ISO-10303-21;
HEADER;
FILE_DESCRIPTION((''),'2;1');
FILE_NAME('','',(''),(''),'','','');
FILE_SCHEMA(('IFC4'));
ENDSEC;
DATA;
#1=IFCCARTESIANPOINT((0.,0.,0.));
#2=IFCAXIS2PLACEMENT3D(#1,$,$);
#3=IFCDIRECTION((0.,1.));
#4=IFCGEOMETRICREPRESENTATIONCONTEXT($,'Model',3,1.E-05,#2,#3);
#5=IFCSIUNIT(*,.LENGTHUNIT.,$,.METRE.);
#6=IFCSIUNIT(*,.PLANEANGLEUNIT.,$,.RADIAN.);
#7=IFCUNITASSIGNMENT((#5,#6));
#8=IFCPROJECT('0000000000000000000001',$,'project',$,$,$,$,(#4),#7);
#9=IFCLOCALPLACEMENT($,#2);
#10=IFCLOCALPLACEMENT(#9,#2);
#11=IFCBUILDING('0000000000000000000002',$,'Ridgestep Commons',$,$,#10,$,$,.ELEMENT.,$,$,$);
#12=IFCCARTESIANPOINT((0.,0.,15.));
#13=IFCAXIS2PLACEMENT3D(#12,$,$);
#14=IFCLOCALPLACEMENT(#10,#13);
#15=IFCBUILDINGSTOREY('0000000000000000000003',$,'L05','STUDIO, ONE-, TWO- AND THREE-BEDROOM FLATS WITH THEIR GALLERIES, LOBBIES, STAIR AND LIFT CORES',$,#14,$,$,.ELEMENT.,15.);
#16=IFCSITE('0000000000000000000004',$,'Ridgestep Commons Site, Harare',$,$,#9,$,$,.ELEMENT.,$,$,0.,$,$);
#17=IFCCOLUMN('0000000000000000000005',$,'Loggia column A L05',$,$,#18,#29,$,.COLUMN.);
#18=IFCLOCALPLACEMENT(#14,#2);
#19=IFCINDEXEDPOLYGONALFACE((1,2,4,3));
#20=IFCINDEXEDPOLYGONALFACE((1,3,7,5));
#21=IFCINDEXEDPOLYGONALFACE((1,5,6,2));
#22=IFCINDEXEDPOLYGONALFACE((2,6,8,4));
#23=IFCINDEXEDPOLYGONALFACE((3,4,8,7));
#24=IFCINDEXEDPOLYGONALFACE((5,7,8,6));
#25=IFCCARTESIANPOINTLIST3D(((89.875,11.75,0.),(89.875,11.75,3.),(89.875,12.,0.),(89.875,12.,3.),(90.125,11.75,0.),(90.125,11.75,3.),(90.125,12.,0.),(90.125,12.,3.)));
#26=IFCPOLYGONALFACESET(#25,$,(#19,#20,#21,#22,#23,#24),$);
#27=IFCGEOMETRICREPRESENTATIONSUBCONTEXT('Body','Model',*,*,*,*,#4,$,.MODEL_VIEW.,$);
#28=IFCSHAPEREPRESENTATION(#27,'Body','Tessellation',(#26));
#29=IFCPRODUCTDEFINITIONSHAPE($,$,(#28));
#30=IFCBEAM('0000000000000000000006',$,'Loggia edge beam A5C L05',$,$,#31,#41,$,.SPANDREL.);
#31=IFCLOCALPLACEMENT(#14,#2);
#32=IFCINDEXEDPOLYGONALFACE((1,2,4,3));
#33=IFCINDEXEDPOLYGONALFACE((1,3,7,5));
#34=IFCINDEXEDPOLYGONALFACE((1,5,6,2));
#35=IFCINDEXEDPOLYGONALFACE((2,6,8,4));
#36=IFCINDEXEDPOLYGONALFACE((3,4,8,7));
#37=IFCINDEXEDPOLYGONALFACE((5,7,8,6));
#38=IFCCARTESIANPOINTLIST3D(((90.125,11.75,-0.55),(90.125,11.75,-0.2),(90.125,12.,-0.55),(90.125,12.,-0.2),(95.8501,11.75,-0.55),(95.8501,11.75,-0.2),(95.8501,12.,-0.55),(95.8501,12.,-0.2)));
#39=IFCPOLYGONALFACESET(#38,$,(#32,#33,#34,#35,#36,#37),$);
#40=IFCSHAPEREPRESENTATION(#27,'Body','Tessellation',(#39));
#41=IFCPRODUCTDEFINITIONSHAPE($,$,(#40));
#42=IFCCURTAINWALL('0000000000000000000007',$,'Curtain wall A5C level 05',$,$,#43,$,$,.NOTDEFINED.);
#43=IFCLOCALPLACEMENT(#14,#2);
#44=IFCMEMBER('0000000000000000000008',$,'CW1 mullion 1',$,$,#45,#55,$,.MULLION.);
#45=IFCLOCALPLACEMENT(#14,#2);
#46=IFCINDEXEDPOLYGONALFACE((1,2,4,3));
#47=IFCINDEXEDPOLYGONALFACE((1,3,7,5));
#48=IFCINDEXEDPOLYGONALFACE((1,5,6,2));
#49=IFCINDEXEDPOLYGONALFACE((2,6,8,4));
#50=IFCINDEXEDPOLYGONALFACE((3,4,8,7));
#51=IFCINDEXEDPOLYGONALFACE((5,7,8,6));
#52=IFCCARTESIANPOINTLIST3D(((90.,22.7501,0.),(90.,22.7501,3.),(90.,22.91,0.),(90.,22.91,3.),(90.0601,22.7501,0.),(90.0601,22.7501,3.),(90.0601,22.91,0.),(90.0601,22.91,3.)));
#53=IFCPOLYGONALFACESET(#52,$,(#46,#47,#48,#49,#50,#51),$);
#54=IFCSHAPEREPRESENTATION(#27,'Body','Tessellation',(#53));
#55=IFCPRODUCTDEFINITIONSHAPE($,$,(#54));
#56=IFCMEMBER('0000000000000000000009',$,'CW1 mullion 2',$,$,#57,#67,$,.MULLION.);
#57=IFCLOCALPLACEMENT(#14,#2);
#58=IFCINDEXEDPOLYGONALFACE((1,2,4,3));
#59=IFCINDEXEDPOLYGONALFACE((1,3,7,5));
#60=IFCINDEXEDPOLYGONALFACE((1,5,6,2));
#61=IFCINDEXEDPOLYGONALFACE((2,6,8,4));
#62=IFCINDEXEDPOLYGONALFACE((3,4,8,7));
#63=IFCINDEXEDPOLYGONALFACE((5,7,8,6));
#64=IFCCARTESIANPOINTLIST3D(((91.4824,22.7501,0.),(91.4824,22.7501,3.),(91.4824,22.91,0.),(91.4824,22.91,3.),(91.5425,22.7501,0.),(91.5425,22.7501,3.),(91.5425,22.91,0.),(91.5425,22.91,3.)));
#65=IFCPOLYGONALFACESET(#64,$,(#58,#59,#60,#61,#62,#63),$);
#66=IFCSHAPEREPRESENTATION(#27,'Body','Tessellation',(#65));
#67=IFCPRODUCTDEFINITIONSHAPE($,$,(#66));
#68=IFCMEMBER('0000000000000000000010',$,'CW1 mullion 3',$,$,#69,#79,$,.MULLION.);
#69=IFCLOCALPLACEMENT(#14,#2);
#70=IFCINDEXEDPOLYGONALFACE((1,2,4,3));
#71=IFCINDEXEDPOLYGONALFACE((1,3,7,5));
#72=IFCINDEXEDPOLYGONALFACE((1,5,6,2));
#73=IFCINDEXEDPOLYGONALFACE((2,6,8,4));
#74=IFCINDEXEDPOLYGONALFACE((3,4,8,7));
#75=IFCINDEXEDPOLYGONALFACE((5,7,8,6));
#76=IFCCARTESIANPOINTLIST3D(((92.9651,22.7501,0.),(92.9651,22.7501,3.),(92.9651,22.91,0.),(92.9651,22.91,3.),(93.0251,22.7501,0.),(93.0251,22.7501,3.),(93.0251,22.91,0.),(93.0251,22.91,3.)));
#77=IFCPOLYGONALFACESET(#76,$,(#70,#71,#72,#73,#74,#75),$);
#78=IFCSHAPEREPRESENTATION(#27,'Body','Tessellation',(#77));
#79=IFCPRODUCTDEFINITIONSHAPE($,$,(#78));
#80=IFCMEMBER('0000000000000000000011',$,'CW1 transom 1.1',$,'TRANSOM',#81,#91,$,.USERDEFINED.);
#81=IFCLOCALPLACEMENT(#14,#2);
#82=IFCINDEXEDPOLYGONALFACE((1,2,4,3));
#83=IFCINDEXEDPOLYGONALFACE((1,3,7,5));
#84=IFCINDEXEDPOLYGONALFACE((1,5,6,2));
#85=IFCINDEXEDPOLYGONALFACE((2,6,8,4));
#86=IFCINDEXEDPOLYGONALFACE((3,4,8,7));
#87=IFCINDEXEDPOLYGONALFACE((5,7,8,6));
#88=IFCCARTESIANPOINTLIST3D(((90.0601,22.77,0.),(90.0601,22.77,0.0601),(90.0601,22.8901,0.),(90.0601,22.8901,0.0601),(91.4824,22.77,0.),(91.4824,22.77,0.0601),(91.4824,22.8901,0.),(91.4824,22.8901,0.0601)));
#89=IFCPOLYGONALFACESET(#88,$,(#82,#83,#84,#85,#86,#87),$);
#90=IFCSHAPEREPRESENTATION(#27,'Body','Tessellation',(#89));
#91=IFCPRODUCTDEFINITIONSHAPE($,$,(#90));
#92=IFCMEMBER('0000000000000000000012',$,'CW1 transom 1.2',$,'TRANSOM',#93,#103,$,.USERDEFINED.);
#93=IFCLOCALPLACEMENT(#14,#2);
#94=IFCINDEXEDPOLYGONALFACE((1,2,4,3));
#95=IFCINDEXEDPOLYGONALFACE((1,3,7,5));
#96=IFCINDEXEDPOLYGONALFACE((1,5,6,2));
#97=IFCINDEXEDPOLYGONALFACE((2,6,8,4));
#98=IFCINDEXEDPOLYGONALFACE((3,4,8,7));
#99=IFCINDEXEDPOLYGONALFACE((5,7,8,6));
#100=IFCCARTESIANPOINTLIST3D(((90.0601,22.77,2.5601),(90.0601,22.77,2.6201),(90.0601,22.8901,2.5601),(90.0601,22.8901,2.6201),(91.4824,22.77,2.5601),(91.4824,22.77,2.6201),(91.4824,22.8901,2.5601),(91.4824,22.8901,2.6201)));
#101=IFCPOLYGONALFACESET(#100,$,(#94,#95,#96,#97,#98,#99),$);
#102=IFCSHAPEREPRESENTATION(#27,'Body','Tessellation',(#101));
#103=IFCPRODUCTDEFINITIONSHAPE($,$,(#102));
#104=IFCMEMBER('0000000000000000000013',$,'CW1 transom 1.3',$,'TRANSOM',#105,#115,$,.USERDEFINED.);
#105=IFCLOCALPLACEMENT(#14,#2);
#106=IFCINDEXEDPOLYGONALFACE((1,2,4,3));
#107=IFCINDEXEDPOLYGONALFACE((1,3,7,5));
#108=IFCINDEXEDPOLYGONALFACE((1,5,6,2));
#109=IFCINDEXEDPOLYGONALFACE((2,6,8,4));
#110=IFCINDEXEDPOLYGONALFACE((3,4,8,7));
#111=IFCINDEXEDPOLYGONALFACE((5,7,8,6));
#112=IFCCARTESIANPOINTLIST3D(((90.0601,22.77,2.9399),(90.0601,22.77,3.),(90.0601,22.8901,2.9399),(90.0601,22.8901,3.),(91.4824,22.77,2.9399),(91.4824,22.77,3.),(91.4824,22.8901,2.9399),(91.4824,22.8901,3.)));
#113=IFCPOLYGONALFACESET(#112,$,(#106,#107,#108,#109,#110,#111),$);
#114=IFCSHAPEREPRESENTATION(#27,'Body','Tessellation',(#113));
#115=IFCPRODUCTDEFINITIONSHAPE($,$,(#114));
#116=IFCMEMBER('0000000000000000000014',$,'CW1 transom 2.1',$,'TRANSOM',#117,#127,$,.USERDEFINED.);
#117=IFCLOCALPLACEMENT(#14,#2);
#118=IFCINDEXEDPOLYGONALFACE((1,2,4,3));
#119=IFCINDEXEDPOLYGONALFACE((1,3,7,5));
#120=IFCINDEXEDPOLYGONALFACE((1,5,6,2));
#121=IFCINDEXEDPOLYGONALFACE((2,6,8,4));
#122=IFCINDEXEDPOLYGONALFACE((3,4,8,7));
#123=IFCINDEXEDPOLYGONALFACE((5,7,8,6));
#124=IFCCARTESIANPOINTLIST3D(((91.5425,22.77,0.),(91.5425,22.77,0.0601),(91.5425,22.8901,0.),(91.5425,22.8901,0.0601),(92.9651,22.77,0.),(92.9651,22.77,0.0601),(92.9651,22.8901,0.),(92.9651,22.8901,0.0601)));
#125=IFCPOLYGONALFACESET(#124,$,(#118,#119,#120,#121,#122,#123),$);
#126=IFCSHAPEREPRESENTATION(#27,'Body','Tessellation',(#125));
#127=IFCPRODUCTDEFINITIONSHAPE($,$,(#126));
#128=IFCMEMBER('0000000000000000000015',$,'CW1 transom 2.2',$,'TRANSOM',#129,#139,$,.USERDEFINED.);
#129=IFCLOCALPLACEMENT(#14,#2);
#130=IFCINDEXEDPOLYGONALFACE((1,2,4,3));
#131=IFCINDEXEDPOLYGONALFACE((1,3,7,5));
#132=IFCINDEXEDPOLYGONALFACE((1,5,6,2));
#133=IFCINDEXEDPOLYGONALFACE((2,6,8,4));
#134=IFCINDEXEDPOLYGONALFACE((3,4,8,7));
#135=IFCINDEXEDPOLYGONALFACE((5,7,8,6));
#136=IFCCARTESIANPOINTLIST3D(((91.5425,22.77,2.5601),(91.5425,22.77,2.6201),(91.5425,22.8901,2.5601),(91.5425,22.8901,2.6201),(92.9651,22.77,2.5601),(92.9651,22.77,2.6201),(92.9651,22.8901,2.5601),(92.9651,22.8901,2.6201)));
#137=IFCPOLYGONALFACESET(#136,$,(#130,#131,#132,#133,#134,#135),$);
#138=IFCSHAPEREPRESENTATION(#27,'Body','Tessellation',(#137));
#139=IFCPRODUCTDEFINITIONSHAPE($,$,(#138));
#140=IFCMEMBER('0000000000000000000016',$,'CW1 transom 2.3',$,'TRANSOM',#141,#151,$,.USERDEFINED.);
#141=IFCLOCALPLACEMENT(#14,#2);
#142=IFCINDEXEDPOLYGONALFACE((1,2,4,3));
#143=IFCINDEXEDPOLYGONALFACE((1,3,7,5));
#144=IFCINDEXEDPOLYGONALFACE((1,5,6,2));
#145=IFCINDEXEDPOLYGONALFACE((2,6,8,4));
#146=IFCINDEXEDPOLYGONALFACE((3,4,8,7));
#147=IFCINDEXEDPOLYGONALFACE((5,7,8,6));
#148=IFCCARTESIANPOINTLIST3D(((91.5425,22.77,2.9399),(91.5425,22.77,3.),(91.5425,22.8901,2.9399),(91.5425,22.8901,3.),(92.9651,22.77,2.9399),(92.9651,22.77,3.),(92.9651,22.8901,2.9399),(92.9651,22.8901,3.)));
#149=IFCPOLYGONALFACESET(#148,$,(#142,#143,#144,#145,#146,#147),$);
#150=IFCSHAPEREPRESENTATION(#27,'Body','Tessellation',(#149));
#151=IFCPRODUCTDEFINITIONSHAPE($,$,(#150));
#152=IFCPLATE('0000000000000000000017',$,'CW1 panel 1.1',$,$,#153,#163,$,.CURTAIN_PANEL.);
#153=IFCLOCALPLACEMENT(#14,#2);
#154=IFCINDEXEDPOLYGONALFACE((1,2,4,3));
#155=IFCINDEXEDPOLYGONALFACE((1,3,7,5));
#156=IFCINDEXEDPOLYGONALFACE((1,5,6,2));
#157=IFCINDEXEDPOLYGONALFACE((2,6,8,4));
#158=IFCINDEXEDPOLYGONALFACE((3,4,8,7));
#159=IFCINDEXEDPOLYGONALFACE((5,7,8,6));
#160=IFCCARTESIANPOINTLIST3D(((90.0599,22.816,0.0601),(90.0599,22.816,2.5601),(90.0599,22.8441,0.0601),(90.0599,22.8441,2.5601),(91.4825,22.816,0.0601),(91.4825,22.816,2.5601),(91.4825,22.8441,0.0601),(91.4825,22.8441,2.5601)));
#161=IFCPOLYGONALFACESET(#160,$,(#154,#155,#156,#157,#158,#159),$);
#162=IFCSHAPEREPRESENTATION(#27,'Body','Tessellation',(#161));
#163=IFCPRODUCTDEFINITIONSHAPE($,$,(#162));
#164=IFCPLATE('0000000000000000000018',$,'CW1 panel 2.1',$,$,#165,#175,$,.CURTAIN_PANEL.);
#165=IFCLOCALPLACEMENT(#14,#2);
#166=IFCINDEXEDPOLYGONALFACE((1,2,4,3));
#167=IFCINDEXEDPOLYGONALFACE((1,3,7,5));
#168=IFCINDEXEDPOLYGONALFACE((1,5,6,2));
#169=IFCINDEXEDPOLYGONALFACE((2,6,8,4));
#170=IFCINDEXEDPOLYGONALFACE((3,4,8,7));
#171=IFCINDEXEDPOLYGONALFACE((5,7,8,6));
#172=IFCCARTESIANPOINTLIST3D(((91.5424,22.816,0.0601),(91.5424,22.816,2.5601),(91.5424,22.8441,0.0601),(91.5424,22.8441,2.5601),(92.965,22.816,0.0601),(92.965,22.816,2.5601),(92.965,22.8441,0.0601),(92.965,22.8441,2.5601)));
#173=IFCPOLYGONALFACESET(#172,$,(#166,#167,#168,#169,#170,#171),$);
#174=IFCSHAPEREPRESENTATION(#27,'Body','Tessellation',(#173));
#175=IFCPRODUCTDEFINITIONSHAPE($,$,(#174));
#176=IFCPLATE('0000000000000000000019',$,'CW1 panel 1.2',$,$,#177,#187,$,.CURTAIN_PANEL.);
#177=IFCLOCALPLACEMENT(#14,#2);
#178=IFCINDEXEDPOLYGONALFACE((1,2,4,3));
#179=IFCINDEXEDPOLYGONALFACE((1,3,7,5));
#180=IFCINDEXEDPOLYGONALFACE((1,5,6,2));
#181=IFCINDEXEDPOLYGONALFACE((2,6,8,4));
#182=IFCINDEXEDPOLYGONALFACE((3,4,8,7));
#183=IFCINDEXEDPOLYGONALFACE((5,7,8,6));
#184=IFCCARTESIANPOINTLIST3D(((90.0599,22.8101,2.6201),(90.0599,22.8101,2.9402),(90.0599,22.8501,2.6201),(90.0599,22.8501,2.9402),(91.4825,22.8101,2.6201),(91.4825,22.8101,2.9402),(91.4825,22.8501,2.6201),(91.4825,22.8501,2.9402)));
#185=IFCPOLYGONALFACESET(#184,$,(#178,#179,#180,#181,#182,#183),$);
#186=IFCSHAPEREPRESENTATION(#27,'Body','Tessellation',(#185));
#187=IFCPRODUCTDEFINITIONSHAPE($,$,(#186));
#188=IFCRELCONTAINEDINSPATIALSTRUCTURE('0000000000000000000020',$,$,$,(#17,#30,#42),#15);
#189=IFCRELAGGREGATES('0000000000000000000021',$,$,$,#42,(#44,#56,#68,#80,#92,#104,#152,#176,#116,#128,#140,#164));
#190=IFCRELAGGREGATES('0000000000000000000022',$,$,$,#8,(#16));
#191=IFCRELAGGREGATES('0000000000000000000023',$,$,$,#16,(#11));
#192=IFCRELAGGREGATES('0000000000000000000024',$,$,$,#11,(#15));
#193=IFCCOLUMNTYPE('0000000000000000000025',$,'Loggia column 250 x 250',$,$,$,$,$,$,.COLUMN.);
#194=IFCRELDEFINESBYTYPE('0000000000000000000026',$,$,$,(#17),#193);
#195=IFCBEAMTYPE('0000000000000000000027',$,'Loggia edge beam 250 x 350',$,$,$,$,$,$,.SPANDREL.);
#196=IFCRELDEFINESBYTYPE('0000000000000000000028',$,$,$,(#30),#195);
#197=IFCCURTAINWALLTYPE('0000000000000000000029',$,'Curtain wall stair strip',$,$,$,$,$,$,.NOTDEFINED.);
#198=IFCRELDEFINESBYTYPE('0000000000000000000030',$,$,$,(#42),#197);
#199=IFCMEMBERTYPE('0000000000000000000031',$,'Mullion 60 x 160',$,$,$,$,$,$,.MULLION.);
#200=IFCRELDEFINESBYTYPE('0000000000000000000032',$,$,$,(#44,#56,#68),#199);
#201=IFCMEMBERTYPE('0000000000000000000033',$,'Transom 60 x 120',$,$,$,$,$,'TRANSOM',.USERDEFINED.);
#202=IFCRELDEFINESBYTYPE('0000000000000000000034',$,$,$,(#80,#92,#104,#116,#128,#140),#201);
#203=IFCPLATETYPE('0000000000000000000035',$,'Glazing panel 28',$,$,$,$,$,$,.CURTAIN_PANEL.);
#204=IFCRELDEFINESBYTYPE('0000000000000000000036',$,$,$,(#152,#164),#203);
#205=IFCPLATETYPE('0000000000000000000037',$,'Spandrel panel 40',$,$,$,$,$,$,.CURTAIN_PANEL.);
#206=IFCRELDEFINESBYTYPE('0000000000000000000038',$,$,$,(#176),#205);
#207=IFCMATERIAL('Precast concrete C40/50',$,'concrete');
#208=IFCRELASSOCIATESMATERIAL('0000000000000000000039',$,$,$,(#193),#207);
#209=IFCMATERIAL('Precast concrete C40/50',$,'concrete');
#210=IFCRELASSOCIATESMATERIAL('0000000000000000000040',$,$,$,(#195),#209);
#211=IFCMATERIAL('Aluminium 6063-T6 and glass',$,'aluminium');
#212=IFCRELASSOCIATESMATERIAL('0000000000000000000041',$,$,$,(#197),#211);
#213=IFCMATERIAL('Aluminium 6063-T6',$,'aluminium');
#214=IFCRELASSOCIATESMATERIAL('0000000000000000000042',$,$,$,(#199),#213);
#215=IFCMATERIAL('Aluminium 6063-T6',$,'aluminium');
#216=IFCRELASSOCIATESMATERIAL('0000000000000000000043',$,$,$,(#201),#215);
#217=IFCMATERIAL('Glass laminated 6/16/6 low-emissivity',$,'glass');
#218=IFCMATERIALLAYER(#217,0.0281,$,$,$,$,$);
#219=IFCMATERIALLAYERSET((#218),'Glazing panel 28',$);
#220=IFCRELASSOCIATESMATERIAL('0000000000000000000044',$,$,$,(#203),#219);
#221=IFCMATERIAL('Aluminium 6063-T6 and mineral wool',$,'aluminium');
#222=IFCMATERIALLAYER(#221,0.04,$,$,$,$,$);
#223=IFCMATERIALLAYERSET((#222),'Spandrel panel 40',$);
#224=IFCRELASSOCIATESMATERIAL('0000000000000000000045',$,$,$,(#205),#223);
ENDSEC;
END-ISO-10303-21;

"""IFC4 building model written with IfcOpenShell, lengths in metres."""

from ifc_helpers import new_model, si_unit, direction, frame, origin, origin_2d, place, context, subcontext, project, spatial, rectangle, extrude, material, layer, layer_set, material_profile, profile_set, type_object, element, aggregate, save


model = new_model("IFC4")

# Units and contexts
model_context = context("Model", 3, precision=1e-05, world=origin(), true_north=direction((0.0, 1.0)))
body_context = subcontext(model_context, "Body", "Model", "MODEL_VIEW")
ifc_project = project(units=[si_unit("LENGTHUNIT", "METRE"), si_unit("PLANEANGLEUNIT", "RADIAN")], contexts=[model_context])

# Site, building, storey
site_placement = place(None, origin())
site = spatial("IfcSite", under=ifc_project, at=site_placement, Name="Ridgestep Commons Site, Harare", CompositionType="ELEMENT", RefElevation=0.0)
building_placement = place(site_placement, origin())
building = spatial("IfcBuilding", under=site, at=building_placement, Name="Ridgestep Commons", CompositionType="ELEMENT")
storey_placement = place(building_placement, frame((0.0, 0.0, 15.0)))
storey = spatial("IfcBuildingStorey", under=building, at=storey_placement, Name="L05", Description="STUDIO, ONE-, TWO- AND THREE-BEDROOM FLATS WITH THEIR GALLERIES, LOBBIES, STAIR AND LIFT CORES", CompositionType="ELEMENT", Elevation=15.0)

# Column
ifc_material_1 = material(Name="Precast concrete C40/50", Category="concrete")
ifc_material_profile_1 = material_profile(ifc_material_1, rectangle(XDim=0.25, YDim=0.25, at=origin_2d()), Name="PC 250x250")
ifc_profile_set_1 = profile_set([ifc_material_profile_1], Name="Precast concrete C40/50")
column_type = type_object("IfcColumnType", Name="Loggia column 250 x 250", PredefinedType="COLUMN", material=ifc_profile_set_1)
column_placement = place(storey_placement, frame((90.0, 11.875, 0.0), z_axis=(0.0, 0.0, 1.0), x_axis=(1.0, 0.0, 0.0)))
element("IfcColumn", 1, at=column_placement, inside=storey, type_object=column_type, Name="Loggia column A L05", PredefinedType="COLUMN", context=body_context, shape_type="SweptSolid", body=[
    extrude(rectangle(XDim=0.25, YDim=0.25, at=origin_2d()), origin(), (0.0, 0.0, 1.0), 3.0),
])

# Beam
ifc_material_2 = material(Name="Precast concrete C40/50", Category="concrete")
ifc_material_profile_2 = material_profile(ifc_material_2, rectangle(XDim=0.25, YDim=0.3501, at=origin_2d()), Name="PC 250x350")
ifc_profile_set_2 = profile_set([ifc_material_profile_2], Name="Precast concrete C40/50")
beam_type = type_object("IfcBeamType", Name="Loggia edge beam 250 x 350", PredefinedType="SPANDREL", material=ifc_profile_set_2)
beam_placement = place(storey_placement, frame((90.125, 11.875, -0.375), z_axis=(1.0, 0.0, 0.0), x_axis=(0.0, 1.0, 0.0)))
element("IfcBeam", 2, at=beam_placement, inside=storey, type_object=beam_type, Name="Loggia edge beam A5C L05", PredefinedType="SPANDREL", context=body_context, shape_type="SweptSolid", body=[
    extrude(rectangle(XDim=0.25, YDim=0.3501, at=origin_2d()), origin(), (0.0, 0.0, 1.0), 5.7251),
])

# Curtain wall, members, plates
ifc_material_3 = material(Name="Aluminium 6063-T6 and glass", Category="aluminium")
curtain_wall_type = type_object("IfcCurtainWallType", Name="Curtain wall stair strip", PredefinedType="NOTDEFINED", material=ifc_material_3)
curtain_wall_placement = place(storey_placement, origin())
curtain_wall = element("IfcCurtainWall", 3, at=curtain_wall_placement, inside=storey, type_object=curtain_wall_type, Name="Curtain wall A5C level 05", PredefinedType="NOTDEFINED")
ifc_material_4 = material(Name="Aluminium 6063-T6", Category="aluminium")
ifc_material_profile_3 = material_profile(ifc_material_4, rectangle(XDim=0.1599, YDim=0.0601, at=origin_2d()), Name="Mullion 60 x 160")
ifc_profile_set_3 = profile_set([ifc_material_profile_3], Name="Aluminium 6063-T6")
member_type_1 = type_object("IfcMemberType", Name="Mullion 60 x 160", PredefinedType="MULLION", material=ifc_profile_set_3)
member_1_placement = place(storey_placement, frame((90.03, 22.8301, 0.0), z_axis=(0.0, 0.0, 1.0), x_axis=(0.0, 1.0, 0.0)))
member_1 = element("IfcMember", 4, at=member_1_placement, type_object=member_type_1, Name="CW1 mullion 1", PredefinedType="MULLION", context=body_context, shape_type="SweptSolid", body=[
    extrude(rectangle(XDim=0.1599, YDim=0.0601, at=origin_2d()), origin(), (0.0, 0.0, 1.0), 3.0),
])
member_2_placement = place(storey_placement, frame((91.5125, 22.8301, 0.0), z_axis=(0.0, 0.0, 1.0), x_axis=(0.0, 1.0, 0.0)))
member_2 = element("IfcMember", 5, at=member_2_placement, type_object=member_type_1, Name="CW1 mullion 2", PredefinedType="MULLION", context=body_context, shape_type="SweptSolid", body=[
    extrude(rectangle(XDim=0.1599, YDim=0.0601, at=origin_2d()), origin(), (0.0, 0.0, 1.0), 3.0),
])
member_3_placement = place(storey_placement, frame((92.9951, 22.8301, 0.0), z_axis=(0.0, 0.0, 1.0), x_axis=(0.0, 1.0, 0.0)))
member_3 = element("IfcMember", 6, at=member_3_placement, type_object=member_type_1, Name="CW1 mullion 3", PredefinedType="MULLION", context=body_context, shape_type="SweptSolid", body=[
    extrude(rectangle(XDim=0.1599, YDim=0.0601, at=origin_2d()), origin(), (0.0, 0.0, 1.0), 3.0),
])
ifc_material_5 = material(Name="Aluminium 6063-T6", Category="aluminium")
ifc_material_profile_4 = material_profile(ifc_material_5, rectangle(XDim=0.1201, YDim=0.0601, at=origin_2d()), Name="Transom 60 x 120")
ifc_profile_set_4 = profile_set([ifc_material_profile_4], Name="Aluminium 6063-T6")
member_type_2 = type_object("IfcMemberType", Name="Transom 60 x 120", ElementType="TRANSOM", PredefinedType="USERDEFINED", material=ifc_profile_set_4)
member_4_placement = place(storey_placement, frame((90.0601, 22.8301, 0.03), z_axis=(1.0, 0.0, 0.0), x_axis=(0.0, 1.0, 0.0)))
member_4 = element("IfcMember", 7, at=member_4_placement, type_object=member_type_2, Name="CW1 transom 1.1", ObjectType="TRANSOM", PredefinedType="USERDEFINED", context=body_context, shape_type="SweptSolid", body=[
    extrude(rectangle(XDim=0.1201, YDim=0.0601, at=origin_2d()), origin(), (0.0, 0.0, 1.0), 1.4224),
])
member_5_placement = place(storey_placement, frame((90.0601, 22.8301, 2.5901), z_axis=(1.0, 0.0, 0.0), x_axis=(0.0, 1.0, 0.0)))
member_5 = element("IfcMember", 8, at=member_5_placement, type_object=member_type_2, Name="CW1 transom 1.2", ObjectType="TRANSOM", PredefinedType="USERDEFINED", context=body_context, shape_type="SweptSolid", body=[
    extrude(rectangle(XDim=0.1201, YDim=0.0601, at=origin_2d()), origin(), (0.0, 0.0, 1.0), 1.4224),
])
member_6_placement = place(storey_placement, frame((90.0601, 22.8301, 2.97), z_axis=(1.0, 0.0, 0.0), x_axis=(0.0, 1.0, 0.0)))
member_6 = element("IfcMember", 9, at=member_6_placement, type_object=member_type_2, Name="CW1 transom 1.3", ObjectType="TRANSOM", PredefinedType="USERDEFINED", context=body_context, shape_type="SweptSolid", body=[
    extrude(rectangle(XDim=0.1201, YDim=0.0601, at=origin_2d()), origin(), (0.0, 0.0, 1.0), 1.4224),
])
member_7_placement = place(storey_placement, frame((91.5425, 22.8301, 0.03), z_axis=(1.0, 0.0, 0.0), x_axis=(0.0, 1.0, 0.0)))
member_7 = element("IfcMember", 10, at=member_7_placement, type_object=member_type_2, Name="CW1 transom 2.1", ObjectType="TRANSOM", PredefinedType="USERDEFINED", context=body_context, shape_type="SweptSolid", body=[
    extrude(rectangle(XDim=0.1201, YDim=0.0601, at=origin_2d()), origin(), (0.0, 0.0, 1.0), 1.4226),
])
member_8_placement = place(storey_placement, frame((91.5425, 22.8301, 2.5901), z_axis=(1.0, 0.0, 0.0), x_axis=(0.0, 1.0, 0.0)))
member_8 = element("IfcMember", 11, at=member_8_placement, type_object=member_type_2, Name="CW1 transom 2.2", ObjectType="TRANSOM", PredefinedType="USERDEFINED", context=body_context, shape_type="SweptSolid", body=[
    extrude(rectangle(XDim=0.1201, YDim=0.0601, at=origin_2d()), origin(), (0.0, 0.0, 1.0), 1.4226),
])
member_9_placement = place(storey_placement, frame((91.5425, 22.8301, 2.97), z_axis=(1.0, 0.0, 0.0), x_axis=(0.0, 1.0, 0.0)))
member_9 = element("IfcMember", 12, at=member_9_placement, type_object=member_type_2, Name="CW1 transom 2.3", ObjectType="TRANSOM", PredefinedType="USERDEFINED", context=body_context, shape_type="SweptSolid", body=[
    extrude(rectangle(XDim=0.1201, YDim=0.0601, at=origin_2d()), origin(), (0.0, 0.0, 1.0), 1.4226),
])
ifc_material_6 = material(Name="Glass laminated 6/16/6 low-emissivity", Category="glass")
ifc_layer_1 = layer(ifc_material_6, 0.0281)
ifc_layer_set_1 = layer_set([ifc_layer_1], Name="Glazing panel 28")
plate_type_1 = type_object("IfcPlateType", Name="Glazing panel 28", PredefinedType="CURTAIN_PANEL", material=ifc_layer_set_1)
plate_1_placement = place(storey_placement, frame((90.7712, 22.8301, 0.0601), z_axis=(0.0, 0.0, 1.0), x_axis=(1.0, 0.0, 0.0)))
plate_1 = element("IfcPlate", 13, at=plate_1_placement, type_object=plate_type_1, Name="CW1 panel 1.1", PredefinedType="CURTAIN_PANEL", context=body_context, shape_type="SweptSolid", body=[
    extrude(rectangle(XDim=1.4226, YDim=0.0281, at=origin_2d()), origin(), (0.0, 0.0, 1.0), 2.5),
])
plate_2_placement = place(storey_placement, frame((92.2537, 22.8301, 0.0601), z_axis=(0.0, 0.0, 1.0), x_axis=(1.0, 0.0, 0.0)))
plate_2 = element("IfcPlate", 14, at=plate_2_placement, type_object=plate_type_1, Name="CW1 panel 2.1", PredefinedType="CURTAIN_PANEL", context=body_context, shape_type="SweptSolid", body=[
    extrude(rectangle(XDim=1.4226, YDim=0.0281, at=origin_2d()), origin(), (0.0, 0.0, 1.0), 2.5),
])
ifc_material_7 = material(Name="Aluminium 6063-T6 and mineral wool", Category="aluminium")
ifc_layer_2 = layer(ifc_material_7, 0.04)
ifc_layer_set_2 = layer_set([ifc_layer_2], Name="Spandrel panel 40")
plate_type_2 = type_object("IfcPlateType", Name="Spandrel panel 40", PredefinedType="CURTAIN_PANEL", material=ifc_layer_set_2)
plate_3_placement = place(storey_placement, frame((90.7712, 22.8301, 2.6201), z_axis=(0.0, 0.0, 1.0), x_axis=(1.0, 0.0, 0.0)))
plate_3 = element("IfcPlate", 15, at=plate_3_placement, type_object=plate_type_2, Name="CW1 panel 1.2", PredefinedType="CURTAIN_PANEL", context=body_context, shape_type="SweptSolid", body=[
    extrude(rectangle(XDim=1.4226, YDim=0.04, at=origin_2d()), origin(), (0.0, 0.0, 1.0), 0.3201),
])
aggregate(curtain_wall, [member_1, member_2, member_3, member_4, member_5, member_6, plate_1, plate_3, member_7, member_8, member_9, plate_2])

save(model, "model.ifc")
